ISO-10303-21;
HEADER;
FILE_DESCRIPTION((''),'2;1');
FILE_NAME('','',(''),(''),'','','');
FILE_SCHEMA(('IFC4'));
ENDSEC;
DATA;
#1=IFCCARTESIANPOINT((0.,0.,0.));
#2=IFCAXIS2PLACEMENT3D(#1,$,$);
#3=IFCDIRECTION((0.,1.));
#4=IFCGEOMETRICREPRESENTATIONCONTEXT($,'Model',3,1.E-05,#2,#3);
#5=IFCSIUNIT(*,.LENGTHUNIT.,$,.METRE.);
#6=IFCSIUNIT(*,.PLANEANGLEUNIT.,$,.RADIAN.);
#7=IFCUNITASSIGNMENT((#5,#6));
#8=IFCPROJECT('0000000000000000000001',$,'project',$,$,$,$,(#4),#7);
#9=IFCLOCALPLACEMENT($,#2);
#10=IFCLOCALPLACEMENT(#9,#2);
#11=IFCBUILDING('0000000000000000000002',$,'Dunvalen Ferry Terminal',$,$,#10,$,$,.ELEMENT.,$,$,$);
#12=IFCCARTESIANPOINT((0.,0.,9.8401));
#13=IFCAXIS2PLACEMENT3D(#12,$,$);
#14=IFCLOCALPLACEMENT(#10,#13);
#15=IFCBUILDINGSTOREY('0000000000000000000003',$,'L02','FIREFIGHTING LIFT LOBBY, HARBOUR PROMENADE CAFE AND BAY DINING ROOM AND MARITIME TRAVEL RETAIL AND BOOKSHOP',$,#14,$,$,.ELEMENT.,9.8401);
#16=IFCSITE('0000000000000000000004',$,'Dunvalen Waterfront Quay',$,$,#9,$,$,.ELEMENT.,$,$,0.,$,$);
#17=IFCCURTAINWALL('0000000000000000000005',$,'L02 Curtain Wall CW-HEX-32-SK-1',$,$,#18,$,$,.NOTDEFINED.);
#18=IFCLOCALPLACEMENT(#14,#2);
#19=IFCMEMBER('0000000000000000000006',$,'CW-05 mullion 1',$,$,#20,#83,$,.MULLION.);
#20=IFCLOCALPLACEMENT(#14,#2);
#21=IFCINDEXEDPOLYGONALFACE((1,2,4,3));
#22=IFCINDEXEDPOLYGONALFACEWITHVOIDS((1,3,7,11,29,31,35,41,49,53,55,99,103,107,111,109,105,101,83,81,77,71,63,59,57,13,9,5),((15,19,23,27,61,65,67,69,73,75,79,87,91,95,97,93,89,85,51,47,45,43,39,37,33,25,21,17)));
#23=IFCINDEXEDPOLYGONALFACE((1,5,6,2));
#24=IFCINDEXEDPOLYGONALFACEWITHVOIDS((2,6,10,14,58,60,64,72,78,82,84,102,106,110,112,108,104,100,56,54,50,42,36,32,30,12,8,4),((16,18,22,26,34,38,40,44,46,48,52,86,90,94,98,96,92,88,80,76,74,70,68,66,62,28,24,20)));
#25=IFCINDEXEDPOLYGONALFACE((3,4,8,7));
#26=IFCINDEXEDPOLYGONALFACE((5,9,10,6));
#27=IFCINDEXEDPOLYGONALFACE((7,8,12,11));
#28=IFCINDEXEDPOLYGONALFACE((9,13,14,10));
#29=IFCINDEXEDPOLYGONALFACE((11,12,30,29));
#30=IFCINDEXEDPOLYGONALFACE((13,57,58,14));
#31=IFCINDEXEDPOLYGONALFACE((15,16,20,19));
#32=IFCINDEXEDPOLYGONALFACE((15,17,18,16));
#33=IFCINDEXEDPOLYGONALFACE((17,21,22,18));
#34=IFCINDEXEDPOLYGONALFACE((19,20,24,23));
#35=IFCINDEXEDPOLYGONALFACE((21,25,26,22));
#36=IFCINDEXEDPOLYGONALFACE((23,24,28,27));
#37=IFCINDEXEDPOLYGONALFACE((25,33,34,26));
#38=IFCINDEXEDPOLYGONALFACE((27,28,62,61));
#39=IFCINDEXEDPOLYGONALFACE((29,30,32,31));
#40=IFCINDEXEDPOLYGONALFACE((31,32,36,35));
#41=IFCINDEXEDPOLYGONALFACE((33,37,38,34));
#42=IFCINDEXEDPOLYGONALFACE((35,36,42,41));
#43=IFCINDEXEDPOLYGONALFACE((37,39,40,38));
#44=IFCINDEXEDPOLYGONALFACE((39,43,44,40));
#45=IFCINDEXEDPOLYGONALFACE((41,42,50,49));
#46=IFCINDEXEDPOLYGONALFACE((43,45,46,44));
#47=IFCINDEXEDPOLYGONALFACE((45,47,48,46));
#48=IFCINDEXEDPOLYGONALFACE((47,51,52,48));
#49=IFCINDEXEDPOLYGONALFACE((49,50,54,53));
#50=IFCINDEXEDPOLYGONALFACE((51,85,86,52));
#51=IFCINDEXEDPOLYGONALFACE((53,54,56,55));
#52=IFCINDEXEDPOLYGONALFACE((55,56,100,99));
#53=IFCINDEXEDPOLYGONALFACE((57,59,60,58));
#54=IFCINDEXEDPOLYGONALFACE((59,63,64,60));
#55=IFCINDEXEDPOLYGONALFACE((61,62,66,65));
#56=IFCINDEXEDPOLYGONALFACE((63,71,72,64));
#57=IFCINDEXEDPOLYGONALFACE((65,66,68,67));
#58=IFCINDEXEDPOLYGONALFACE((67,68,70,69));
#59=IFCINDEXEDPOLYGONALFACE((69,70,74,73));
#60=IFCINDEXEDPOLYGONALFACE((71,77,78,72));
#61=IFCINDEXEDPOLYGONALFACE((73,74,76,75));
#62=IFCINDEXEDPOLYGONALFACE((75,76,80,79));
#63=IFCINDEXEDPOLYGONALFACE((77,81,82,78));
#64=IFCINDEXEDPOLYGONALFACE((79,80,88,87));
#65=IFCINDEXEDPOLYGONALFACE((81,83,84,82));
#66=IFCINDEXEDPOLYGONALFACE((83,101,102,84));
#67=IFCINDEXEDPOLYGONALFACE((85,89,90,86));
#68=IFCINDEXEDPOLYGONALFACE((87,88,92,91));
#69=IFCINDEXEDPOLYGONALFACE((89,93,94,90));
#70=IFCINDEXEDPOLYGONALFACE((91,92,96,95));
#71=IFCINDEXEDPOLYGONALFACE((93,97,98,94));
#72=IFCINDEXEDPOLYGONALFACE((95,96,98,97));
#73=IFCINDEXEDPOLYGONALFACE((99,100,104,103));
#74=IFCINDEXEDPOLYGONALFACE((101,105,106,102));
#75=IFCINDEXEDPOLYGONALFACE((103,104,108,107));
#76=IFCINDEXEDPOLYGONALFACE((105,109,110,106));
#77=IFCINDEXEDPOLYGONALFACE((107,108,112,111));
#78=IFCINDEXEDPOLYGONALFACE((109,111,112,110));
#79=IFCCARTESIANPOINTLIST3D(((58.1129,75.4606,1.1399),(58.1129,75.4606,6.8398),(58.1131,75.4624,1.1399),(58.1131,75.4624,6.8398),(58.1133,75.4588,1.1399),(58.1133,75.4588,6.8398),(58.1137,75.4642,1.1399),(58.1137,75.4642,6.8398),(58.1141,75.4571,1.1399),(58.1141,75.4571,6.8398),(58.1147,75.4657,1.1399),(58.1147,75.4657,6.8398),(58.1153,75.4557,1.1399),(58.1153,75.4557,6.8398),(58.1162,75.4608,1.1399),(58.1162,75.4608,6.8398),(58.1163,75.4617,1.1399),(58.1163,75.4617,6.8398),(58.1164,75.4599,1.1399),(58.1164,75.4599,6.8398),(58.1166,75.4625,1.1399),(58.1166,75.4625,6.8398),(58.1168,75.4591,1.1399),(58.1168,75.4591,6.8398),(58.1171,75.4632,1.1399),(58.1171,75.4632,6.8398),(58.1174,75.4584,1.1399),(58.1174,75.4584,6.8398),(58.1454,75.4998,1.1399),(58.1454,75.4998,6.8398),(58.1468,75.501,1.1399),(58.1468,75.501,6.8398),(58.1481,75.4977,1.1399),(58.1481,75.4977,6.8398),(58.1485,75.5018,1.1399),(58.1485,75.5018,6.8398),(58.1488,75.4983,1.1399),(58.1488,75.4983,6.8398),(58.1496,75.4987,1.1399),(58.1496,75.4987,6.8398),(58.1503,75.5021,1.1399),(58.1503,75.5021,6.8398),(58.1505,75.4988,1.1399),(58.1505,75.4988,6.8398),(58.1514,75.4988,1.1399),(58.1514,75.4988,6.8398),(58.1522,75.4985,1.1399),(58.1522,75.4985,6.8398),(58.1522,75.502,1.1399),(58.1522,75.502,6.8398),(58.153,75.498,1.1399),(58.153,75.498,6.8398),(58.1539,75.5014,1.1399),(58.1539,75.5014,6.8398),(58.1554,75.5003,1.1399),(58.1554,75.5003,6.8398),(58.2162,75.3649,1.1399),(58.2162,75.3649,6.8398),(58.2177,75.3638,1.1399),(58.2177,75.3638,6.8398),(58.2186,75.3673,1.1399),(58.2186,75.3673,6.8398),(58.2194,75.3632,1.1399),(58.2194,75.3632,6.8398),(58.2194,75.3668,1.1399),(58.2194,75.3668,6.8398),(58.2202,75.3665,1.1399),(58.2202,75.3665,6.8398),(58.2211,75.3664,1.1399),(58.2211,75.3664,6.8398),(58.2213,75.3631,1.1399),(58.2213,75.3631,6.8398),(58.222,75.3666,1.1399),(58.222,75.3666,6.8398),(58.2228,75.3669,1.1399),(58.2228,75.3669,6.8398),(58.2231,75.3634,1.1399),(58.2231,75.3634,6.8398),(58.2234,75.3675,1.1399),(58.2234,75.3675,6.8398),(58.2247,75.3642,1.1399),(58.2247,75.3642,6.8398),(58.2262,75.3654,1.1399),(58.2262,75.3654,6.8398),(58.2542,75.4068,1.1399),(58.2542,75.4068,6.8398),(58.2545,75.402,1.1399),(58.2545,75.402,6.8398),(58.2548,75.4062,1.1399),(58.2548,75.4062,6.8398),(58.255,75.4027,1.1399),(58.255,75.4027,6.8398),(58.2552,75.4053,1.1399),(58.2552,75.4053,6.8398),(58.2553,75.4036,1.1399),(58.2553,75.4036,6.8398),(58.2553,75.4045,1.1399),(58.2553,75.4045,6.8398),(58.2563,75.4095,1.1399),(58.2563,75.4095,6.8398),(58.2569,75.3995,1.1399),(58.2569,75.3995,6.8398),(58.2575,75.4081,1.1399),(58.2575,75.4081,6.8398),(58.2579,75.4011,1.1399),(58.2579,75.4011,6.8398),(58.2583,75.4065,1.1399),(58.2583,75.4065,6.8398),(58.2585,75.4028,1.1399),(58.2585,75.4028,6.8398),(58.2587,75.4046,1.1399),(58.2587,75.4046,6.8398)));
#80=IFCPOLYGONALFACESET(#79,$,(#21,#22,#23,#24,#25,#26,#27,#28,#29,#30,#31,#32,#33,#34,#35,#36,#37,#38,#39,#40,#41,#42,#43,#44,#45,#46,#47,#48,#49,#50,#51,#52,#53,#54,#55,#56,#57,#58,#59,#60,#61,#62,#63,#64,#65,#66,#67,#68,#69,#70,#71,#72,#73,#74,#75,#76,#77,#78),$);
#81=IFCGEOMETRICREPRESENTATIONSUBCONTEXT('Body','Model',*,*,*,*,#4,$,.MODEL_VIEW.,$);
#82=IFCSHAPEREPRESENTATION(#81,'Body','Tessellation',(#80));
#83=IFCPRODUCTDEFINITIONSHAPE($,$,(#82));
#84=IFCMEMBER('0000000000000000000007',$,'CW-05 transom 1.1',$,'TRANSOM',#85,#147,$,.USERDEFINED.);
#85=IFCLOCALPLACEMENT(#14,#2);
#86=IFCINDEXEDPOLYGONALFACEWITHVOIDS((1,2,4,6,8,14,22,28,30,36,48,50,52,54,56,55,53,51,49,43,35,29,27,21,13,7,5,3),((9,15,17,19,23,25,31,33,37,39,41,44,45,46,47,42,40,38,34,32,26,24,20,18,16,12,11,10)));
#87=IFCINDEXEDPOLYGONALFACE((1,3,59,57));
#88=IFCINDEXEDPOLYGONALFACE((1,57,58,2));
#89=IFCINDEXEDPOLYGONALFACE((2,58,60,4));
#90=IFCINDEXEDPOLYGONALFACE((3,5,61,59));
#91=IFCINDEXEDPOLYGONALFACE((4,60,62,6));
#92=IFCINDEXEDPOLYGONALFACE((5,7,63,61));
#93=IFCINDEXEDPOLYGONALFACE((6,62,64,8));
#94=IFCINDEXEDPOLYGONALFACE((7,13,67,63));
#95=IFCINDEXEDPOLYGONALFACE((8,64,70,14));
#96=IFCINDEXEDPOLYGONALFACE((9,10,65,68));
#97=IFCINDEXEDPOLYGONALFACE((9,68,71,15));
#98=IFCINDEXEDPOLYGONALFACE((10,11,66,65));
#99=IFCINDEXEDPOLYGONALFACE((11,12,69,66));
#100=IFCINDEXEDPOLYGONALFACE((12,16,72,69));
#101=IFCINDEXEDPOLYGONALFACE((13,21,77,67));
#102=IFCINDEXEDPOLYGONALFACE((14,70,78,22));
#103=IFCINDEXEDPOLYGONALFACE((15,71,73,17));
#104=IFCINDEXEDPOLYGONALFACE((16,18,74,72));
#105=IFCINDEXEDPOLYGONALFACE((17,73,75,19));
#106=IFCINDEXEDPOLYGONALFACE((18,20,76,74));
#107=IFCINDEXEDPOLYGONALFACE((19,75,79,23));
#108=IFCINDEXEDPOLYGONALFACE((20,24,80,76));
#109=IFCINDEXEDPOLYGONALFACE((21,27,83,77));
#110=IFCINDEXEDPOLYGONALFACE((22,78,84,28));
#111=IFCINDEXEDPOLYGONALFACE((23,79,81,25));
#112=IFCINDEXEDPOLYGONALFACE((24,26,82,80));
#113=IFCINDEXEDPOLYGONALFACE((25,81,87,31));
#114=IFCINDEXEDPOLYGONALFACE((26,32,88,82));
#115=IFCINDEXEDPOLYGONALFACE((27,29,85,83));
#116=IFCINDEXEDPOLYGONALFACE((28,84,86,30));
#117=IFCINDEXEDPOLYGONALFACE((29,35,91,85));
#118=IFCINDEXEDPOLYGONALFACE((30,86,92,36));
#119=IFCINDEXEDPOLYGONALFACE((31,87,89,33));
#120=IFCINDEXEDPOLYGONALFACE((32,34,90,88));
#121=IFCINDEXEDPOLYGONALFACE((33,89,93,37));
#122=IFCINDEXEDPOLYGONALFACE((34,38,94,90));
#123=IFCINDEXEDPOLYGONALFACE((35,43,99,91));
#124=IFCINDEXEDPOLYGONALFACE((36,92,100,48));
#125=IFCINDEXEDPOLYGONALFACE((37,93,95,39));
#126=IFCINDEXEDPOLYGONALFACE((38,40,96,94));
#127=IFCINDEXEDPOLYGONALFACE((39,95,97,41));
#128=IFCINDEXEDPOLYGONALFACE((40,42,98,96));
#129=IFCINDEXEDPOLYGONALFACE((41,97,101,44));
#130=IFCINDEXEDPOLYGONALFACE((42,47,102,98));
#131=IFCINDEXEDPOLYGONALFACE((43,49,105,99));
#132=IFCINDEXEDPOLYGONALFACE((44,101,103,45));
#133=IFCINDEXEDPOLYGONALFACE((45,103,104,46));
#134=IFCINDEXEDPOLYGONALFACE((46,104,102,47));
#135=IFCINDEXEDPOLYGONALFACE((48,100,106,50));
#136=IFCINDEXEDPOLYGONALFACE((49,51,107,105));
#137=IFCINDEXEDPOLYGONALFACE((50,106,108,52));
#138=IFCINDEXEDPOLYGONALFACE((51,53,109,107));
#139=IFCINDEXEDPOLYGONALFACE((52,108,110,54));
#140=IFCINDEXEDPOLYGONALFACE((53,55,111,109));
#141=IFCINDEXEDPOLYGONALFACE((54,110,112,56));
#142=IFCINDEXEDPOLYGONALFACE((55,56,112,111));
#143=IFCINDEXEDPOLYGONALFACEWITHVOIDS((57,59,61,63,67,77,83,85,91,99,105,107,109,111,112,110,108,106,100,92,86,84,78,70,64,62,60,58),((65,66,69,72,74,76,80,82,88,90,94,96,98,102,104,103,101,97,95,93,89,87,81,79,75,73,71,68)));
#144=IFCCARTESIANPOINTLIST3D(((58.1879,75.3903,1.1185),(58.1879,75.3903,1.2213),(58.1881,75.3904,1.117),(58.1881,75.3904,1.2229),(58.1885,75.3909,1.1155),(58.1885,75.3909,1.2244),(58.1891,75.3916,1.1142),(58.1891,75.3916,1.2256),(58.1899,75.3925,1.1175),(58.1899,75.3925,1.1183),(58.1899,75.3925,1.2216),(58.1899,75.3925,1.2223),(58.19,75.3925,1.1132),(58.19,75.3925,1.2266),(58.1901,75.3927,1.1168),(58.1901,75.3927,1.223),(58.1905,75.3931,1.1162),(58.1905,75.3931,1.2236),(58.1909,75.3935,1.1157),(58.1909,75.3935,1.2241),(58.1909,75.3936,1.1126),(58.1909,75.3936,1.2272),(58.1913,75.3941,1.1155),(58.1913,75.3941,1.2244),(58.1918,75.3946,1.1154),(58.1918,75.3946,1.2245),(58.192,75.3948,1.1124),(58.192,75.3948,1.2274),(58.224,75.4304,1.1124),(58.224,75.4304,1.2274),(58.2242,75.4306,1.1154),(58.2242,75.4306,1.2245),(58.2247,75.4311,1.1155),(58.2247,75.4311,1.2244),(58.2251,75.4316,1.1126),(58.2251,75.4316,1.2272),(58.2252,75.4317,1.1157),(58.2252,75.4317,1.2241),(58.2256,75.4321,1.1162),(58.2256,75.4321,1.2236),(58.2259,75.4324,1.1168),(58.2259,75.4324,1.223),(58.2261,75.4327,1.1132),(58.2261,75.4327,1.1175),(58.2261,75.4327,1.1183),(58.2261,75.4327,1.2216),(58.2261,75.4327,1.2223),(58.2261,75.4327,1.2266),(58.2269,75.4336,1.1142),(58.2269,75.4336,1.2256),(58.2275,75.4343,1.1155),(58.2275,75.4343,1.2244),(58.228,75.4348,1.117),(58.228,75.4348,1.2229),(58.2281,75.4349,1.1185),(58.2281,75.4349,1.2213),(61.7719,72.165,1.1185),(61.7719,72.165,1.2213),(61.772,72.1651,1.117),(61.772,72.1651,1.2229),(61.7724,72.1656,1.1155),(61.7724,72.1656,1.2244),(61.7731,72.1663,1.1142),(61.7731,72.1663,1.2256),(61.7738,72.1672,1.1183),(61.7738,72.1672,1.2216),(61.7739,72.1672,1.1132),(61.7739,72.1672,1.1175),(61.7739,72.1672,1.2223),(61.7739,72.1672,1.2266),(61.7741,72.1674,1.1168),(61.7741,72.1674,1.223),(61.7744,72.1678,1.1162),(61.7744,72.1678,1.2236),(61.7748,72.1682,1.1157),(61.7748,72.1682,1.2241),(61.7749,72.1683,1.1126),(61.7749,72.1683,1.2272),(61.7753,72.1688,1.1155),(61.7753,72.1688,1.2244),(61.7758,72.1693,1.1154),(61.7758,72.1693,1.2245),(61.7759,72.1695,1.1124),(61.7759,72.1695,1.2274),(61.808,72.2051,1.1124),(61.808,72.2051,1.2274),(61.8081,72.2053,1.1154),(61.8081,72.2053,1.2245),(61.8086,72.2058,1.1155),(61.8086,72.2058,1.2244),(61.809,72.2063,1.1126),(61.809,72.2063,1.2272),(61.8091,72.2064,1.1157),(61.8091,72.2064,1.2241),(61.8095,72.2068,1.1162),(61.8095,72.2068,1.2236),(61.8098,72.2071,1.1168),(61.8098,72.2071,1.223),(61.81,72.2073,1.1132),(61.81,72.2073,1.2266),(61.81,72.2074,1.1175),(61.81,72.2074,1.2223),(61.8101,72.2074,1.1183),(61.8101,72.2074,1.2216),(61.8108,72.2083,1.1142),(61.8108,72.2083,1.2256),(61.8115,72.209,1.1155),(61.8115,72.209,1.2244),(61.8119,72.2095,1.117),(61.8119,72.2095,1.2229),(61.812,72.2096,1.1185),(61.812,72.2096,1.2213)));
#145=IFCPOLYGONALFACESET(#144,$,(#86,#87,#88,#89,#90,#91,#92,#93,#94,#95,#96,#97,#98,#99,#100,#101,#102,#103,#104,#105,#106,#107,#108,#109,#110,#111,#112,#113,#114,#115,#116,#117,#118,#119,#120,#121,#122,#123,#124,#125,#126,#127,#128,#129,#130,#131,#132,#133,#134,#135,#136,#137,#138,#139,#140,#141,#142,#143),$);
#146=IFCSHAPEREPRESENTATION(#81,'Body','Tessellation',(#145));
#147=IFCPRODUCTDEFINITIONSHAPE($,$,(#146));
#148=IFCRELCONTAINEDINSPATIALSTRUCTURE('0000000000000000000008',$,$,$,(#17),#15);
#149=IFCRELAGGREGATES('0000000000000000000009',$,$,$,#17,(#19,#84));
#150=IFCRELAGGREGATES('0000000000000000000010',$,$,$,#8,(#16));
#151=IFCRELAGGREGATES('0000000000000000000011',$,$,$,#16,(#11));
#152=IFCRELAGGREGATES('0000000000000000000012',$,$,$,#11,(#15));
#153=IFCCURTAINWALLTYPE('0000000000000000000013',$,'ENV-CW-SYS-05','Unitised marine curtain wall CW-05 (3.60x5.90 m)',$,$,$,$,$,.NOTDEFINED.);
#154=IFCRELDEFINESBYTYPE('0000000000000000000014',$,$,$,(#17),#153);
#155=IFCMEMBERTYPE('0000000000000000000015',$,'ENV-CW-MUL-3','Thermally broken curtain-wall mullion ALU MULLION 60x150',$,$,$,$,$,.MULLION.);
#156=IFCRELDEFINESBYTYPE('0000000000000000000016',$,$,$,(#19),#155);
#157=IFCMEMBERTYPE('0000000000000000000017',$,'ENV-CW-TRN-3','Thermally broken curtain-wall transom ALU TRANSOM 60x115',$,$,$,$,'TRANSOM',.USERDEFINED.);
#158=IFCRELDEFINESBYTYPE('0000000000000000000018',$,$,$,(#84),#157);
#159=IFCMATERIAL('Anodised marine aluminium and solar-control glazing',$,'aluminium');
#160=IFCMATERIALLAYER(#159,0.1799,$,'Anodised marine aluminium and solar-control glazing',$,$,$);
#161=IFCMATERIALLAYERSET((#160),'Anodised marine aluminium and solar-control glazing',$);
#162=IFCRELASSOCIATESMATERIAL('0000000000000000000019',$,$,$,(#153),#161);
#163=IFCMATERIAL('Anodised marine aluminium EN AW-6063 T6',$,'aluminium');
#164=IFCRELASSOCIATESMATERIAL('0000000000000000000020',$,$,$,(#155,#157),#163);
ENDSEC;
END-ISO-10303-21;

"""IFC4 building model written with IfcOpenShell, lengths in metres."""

from ifc_helpers import new_model, si_unit, direction, frame, origin, origin_2d, place, context, subcontext, project, spatial, hollow_rectangle, extrude, material, layer, layer_set, material_profile, profile_set, type_object, element, aggregate, save


model = new_model("IFC4")

# Units and contexts
model_context = context("Model", 3, precision=1e-05, world=origin(), true_north=direction((0.0, 1.0)))
body_context = subcontext(model_context, "Body", "Model", "MODEL_VIEW")
ifc_project = project(units=[si_unit("LENGTHUNIT", "METRE"), si_unit("PLANEANGLEUNIT", "RADIAN")], contexts=[model_context])

# Site, building, storey
site_placement = place(None, origin())
site = spatial("IfcSite", under=ifc_project, at=site_placement, Name="Dunvalen Waterfront Quay", CompositionType="ELEMENT", RefElevation=0.0)
building_placement = place(site_placement, origin())
building = spatial("IfcBuilding", under=site, at=building_placement, Name="Dunvalen Ferry Terminal", CompositionType="ELEMENT")
storey_placement = place(building_placement, frame((0.0, 0.0, 9.8401)))
storey = spatial("IfcBuildingStorey", under=building, at=storey_placement, Name="L02", Description="FIREFIGHTING LIFT LOBBY, HARBOUR PROMENADE CAFE AND BAY DINING ROOM AND MARITIME TRAVEL RETAIL AND BOOKSHOP", CompositionType="ELEMENT", Elevation=9.8401)

# Curtain wall, members
ifc_material_1 = material(Name="Anodised marine aluminium and solar-control glazing", Category="aluminium")
ifc_layer_1 = layer(ifc_material_1, 0.1799, Name="Anodised marine aluminium and solar-control glazing")
ifc_layer_set_1 = layer_set([ifc_layer_1], Name="Anodised marine aluminium and solar-control glazing")
curtain_wall_type = type_object("IfcCurtainWallType", Name="ENV-CW-SYS-05", Description="Unitised marine curtain wall CW-05 (3.60x5.90 m)", PredefinedType="NOTDEFINED", material=ifc_layer_set_1)
curtain_wall_placement = place(storey_placement, origin())
curtain_wall = element("IfcCurtainWall", 1, at=curtain_wall_placement, inside=storey, type_object=curtain_wall_type, Name="L02 Curtain Wall CW-HEX-32-SK-1", PredefinedType="NOTDEFINED")
ifc_material_2 = material(Name="Anodised marine aluminium EN AW-6063 T6", Category="aluminium")
ifc_material_profile_1 = material_profile(ifc_material_2, hollow_rectangle(XDim=0.0601, YDim=0.1499, WallThickness=0.0034, InnerFilletRadius=0.0034, OuterFilletRadius=0.0071, at=origin_2d()), Name="Anodised marine aluminium EN AW-6063 T6")
ifc_profile_set_1 = profile_set([ifc_material_profile_1], Name="Anodised marine aluminium EN AW-6063 T6")
member_type_1 = type_object("IfcMemberType", Name="ENV-CW-MUL-3", Description="Thermally broken curtain-wall mullion ALU MULLION 60x150", PredefinedType="MULLION", material=ifc_profile_set_1)
member_1_placement = place(storey_placement, frame((58.1858, 75.4326, 1.1399), z_axis=(0.0, 0.0, 1.0), x_axis=(0.668954, 0.743304, 0.0)))
member_1 = element("IfcMember", 2, at=member_1_placement, type_object=member_type_1, Name="CW-05 mullion 1", PredefinedType="MULLION", context=body_context, shape_type="SweptSolid", body=[
    extrude(hollow_rectangle(XDim=0.0601, YDim=0.1499, WallThickness=0.0034, InnerFilletRadius=0.0034, OuterFilletRadius=0.0071, at=origin_2d()), origin(), (0.0, 0.0, 1.0), 5.7),
])
ifc_material_profile_2 = material_profile(ifc_material_2, hollow_rectangle(XDim=0.0601, YDim=0.115, WallThickness=0.0029, InnerFilletRadius=0.0029, OuterFilletRadius=0.0061, at=origin_2d()), Name="Anodised marine aluminium EN AW-6063 T6")
ifc_profile_set_2 = profile_set([ifc_material_profile_2], Name="Anodised marine aluminium EN AW-6063 T6")
member_type_2 = type_object("IfcMemberType", Name="ENV-CW-TRN-3", Description="Thermally broken curtain-wall transom ALU TRANSOM 60x115", ElementType="TRANSOM", PredefinedType="USERDEFINED", material=ifc_profile_set_2)
member_2_placement = place(storey_placement, frame((58.208, 75.4126, 1.1699), z_axis=(0.743319, -0.668937, 0.0), x_axis=(0.668937, 0.743319, 0.0)))
member_2 = element("IfcMember", 3, at=member_2_placement, type_object=member_type_2, Name="CW-05 transom 1.1", ObjectType="TRANSOM", PredefinedType="USERDEFINED", context=body_context, shape_type="SweptSolid", body=[
    extrude(hollow_rectangle(XDim=0.0601, YDim=0.115, WallThickness=0.0029, InnerFilletRadius=0.0029, OuterFilletRadius=0.0061, at=origin_2d()), origin(), (0.0, 0.0, 1.0), 4.8215),
])

aggregate(curtain_wall, [member_1, member_2])

save(model, "model.ifc")
